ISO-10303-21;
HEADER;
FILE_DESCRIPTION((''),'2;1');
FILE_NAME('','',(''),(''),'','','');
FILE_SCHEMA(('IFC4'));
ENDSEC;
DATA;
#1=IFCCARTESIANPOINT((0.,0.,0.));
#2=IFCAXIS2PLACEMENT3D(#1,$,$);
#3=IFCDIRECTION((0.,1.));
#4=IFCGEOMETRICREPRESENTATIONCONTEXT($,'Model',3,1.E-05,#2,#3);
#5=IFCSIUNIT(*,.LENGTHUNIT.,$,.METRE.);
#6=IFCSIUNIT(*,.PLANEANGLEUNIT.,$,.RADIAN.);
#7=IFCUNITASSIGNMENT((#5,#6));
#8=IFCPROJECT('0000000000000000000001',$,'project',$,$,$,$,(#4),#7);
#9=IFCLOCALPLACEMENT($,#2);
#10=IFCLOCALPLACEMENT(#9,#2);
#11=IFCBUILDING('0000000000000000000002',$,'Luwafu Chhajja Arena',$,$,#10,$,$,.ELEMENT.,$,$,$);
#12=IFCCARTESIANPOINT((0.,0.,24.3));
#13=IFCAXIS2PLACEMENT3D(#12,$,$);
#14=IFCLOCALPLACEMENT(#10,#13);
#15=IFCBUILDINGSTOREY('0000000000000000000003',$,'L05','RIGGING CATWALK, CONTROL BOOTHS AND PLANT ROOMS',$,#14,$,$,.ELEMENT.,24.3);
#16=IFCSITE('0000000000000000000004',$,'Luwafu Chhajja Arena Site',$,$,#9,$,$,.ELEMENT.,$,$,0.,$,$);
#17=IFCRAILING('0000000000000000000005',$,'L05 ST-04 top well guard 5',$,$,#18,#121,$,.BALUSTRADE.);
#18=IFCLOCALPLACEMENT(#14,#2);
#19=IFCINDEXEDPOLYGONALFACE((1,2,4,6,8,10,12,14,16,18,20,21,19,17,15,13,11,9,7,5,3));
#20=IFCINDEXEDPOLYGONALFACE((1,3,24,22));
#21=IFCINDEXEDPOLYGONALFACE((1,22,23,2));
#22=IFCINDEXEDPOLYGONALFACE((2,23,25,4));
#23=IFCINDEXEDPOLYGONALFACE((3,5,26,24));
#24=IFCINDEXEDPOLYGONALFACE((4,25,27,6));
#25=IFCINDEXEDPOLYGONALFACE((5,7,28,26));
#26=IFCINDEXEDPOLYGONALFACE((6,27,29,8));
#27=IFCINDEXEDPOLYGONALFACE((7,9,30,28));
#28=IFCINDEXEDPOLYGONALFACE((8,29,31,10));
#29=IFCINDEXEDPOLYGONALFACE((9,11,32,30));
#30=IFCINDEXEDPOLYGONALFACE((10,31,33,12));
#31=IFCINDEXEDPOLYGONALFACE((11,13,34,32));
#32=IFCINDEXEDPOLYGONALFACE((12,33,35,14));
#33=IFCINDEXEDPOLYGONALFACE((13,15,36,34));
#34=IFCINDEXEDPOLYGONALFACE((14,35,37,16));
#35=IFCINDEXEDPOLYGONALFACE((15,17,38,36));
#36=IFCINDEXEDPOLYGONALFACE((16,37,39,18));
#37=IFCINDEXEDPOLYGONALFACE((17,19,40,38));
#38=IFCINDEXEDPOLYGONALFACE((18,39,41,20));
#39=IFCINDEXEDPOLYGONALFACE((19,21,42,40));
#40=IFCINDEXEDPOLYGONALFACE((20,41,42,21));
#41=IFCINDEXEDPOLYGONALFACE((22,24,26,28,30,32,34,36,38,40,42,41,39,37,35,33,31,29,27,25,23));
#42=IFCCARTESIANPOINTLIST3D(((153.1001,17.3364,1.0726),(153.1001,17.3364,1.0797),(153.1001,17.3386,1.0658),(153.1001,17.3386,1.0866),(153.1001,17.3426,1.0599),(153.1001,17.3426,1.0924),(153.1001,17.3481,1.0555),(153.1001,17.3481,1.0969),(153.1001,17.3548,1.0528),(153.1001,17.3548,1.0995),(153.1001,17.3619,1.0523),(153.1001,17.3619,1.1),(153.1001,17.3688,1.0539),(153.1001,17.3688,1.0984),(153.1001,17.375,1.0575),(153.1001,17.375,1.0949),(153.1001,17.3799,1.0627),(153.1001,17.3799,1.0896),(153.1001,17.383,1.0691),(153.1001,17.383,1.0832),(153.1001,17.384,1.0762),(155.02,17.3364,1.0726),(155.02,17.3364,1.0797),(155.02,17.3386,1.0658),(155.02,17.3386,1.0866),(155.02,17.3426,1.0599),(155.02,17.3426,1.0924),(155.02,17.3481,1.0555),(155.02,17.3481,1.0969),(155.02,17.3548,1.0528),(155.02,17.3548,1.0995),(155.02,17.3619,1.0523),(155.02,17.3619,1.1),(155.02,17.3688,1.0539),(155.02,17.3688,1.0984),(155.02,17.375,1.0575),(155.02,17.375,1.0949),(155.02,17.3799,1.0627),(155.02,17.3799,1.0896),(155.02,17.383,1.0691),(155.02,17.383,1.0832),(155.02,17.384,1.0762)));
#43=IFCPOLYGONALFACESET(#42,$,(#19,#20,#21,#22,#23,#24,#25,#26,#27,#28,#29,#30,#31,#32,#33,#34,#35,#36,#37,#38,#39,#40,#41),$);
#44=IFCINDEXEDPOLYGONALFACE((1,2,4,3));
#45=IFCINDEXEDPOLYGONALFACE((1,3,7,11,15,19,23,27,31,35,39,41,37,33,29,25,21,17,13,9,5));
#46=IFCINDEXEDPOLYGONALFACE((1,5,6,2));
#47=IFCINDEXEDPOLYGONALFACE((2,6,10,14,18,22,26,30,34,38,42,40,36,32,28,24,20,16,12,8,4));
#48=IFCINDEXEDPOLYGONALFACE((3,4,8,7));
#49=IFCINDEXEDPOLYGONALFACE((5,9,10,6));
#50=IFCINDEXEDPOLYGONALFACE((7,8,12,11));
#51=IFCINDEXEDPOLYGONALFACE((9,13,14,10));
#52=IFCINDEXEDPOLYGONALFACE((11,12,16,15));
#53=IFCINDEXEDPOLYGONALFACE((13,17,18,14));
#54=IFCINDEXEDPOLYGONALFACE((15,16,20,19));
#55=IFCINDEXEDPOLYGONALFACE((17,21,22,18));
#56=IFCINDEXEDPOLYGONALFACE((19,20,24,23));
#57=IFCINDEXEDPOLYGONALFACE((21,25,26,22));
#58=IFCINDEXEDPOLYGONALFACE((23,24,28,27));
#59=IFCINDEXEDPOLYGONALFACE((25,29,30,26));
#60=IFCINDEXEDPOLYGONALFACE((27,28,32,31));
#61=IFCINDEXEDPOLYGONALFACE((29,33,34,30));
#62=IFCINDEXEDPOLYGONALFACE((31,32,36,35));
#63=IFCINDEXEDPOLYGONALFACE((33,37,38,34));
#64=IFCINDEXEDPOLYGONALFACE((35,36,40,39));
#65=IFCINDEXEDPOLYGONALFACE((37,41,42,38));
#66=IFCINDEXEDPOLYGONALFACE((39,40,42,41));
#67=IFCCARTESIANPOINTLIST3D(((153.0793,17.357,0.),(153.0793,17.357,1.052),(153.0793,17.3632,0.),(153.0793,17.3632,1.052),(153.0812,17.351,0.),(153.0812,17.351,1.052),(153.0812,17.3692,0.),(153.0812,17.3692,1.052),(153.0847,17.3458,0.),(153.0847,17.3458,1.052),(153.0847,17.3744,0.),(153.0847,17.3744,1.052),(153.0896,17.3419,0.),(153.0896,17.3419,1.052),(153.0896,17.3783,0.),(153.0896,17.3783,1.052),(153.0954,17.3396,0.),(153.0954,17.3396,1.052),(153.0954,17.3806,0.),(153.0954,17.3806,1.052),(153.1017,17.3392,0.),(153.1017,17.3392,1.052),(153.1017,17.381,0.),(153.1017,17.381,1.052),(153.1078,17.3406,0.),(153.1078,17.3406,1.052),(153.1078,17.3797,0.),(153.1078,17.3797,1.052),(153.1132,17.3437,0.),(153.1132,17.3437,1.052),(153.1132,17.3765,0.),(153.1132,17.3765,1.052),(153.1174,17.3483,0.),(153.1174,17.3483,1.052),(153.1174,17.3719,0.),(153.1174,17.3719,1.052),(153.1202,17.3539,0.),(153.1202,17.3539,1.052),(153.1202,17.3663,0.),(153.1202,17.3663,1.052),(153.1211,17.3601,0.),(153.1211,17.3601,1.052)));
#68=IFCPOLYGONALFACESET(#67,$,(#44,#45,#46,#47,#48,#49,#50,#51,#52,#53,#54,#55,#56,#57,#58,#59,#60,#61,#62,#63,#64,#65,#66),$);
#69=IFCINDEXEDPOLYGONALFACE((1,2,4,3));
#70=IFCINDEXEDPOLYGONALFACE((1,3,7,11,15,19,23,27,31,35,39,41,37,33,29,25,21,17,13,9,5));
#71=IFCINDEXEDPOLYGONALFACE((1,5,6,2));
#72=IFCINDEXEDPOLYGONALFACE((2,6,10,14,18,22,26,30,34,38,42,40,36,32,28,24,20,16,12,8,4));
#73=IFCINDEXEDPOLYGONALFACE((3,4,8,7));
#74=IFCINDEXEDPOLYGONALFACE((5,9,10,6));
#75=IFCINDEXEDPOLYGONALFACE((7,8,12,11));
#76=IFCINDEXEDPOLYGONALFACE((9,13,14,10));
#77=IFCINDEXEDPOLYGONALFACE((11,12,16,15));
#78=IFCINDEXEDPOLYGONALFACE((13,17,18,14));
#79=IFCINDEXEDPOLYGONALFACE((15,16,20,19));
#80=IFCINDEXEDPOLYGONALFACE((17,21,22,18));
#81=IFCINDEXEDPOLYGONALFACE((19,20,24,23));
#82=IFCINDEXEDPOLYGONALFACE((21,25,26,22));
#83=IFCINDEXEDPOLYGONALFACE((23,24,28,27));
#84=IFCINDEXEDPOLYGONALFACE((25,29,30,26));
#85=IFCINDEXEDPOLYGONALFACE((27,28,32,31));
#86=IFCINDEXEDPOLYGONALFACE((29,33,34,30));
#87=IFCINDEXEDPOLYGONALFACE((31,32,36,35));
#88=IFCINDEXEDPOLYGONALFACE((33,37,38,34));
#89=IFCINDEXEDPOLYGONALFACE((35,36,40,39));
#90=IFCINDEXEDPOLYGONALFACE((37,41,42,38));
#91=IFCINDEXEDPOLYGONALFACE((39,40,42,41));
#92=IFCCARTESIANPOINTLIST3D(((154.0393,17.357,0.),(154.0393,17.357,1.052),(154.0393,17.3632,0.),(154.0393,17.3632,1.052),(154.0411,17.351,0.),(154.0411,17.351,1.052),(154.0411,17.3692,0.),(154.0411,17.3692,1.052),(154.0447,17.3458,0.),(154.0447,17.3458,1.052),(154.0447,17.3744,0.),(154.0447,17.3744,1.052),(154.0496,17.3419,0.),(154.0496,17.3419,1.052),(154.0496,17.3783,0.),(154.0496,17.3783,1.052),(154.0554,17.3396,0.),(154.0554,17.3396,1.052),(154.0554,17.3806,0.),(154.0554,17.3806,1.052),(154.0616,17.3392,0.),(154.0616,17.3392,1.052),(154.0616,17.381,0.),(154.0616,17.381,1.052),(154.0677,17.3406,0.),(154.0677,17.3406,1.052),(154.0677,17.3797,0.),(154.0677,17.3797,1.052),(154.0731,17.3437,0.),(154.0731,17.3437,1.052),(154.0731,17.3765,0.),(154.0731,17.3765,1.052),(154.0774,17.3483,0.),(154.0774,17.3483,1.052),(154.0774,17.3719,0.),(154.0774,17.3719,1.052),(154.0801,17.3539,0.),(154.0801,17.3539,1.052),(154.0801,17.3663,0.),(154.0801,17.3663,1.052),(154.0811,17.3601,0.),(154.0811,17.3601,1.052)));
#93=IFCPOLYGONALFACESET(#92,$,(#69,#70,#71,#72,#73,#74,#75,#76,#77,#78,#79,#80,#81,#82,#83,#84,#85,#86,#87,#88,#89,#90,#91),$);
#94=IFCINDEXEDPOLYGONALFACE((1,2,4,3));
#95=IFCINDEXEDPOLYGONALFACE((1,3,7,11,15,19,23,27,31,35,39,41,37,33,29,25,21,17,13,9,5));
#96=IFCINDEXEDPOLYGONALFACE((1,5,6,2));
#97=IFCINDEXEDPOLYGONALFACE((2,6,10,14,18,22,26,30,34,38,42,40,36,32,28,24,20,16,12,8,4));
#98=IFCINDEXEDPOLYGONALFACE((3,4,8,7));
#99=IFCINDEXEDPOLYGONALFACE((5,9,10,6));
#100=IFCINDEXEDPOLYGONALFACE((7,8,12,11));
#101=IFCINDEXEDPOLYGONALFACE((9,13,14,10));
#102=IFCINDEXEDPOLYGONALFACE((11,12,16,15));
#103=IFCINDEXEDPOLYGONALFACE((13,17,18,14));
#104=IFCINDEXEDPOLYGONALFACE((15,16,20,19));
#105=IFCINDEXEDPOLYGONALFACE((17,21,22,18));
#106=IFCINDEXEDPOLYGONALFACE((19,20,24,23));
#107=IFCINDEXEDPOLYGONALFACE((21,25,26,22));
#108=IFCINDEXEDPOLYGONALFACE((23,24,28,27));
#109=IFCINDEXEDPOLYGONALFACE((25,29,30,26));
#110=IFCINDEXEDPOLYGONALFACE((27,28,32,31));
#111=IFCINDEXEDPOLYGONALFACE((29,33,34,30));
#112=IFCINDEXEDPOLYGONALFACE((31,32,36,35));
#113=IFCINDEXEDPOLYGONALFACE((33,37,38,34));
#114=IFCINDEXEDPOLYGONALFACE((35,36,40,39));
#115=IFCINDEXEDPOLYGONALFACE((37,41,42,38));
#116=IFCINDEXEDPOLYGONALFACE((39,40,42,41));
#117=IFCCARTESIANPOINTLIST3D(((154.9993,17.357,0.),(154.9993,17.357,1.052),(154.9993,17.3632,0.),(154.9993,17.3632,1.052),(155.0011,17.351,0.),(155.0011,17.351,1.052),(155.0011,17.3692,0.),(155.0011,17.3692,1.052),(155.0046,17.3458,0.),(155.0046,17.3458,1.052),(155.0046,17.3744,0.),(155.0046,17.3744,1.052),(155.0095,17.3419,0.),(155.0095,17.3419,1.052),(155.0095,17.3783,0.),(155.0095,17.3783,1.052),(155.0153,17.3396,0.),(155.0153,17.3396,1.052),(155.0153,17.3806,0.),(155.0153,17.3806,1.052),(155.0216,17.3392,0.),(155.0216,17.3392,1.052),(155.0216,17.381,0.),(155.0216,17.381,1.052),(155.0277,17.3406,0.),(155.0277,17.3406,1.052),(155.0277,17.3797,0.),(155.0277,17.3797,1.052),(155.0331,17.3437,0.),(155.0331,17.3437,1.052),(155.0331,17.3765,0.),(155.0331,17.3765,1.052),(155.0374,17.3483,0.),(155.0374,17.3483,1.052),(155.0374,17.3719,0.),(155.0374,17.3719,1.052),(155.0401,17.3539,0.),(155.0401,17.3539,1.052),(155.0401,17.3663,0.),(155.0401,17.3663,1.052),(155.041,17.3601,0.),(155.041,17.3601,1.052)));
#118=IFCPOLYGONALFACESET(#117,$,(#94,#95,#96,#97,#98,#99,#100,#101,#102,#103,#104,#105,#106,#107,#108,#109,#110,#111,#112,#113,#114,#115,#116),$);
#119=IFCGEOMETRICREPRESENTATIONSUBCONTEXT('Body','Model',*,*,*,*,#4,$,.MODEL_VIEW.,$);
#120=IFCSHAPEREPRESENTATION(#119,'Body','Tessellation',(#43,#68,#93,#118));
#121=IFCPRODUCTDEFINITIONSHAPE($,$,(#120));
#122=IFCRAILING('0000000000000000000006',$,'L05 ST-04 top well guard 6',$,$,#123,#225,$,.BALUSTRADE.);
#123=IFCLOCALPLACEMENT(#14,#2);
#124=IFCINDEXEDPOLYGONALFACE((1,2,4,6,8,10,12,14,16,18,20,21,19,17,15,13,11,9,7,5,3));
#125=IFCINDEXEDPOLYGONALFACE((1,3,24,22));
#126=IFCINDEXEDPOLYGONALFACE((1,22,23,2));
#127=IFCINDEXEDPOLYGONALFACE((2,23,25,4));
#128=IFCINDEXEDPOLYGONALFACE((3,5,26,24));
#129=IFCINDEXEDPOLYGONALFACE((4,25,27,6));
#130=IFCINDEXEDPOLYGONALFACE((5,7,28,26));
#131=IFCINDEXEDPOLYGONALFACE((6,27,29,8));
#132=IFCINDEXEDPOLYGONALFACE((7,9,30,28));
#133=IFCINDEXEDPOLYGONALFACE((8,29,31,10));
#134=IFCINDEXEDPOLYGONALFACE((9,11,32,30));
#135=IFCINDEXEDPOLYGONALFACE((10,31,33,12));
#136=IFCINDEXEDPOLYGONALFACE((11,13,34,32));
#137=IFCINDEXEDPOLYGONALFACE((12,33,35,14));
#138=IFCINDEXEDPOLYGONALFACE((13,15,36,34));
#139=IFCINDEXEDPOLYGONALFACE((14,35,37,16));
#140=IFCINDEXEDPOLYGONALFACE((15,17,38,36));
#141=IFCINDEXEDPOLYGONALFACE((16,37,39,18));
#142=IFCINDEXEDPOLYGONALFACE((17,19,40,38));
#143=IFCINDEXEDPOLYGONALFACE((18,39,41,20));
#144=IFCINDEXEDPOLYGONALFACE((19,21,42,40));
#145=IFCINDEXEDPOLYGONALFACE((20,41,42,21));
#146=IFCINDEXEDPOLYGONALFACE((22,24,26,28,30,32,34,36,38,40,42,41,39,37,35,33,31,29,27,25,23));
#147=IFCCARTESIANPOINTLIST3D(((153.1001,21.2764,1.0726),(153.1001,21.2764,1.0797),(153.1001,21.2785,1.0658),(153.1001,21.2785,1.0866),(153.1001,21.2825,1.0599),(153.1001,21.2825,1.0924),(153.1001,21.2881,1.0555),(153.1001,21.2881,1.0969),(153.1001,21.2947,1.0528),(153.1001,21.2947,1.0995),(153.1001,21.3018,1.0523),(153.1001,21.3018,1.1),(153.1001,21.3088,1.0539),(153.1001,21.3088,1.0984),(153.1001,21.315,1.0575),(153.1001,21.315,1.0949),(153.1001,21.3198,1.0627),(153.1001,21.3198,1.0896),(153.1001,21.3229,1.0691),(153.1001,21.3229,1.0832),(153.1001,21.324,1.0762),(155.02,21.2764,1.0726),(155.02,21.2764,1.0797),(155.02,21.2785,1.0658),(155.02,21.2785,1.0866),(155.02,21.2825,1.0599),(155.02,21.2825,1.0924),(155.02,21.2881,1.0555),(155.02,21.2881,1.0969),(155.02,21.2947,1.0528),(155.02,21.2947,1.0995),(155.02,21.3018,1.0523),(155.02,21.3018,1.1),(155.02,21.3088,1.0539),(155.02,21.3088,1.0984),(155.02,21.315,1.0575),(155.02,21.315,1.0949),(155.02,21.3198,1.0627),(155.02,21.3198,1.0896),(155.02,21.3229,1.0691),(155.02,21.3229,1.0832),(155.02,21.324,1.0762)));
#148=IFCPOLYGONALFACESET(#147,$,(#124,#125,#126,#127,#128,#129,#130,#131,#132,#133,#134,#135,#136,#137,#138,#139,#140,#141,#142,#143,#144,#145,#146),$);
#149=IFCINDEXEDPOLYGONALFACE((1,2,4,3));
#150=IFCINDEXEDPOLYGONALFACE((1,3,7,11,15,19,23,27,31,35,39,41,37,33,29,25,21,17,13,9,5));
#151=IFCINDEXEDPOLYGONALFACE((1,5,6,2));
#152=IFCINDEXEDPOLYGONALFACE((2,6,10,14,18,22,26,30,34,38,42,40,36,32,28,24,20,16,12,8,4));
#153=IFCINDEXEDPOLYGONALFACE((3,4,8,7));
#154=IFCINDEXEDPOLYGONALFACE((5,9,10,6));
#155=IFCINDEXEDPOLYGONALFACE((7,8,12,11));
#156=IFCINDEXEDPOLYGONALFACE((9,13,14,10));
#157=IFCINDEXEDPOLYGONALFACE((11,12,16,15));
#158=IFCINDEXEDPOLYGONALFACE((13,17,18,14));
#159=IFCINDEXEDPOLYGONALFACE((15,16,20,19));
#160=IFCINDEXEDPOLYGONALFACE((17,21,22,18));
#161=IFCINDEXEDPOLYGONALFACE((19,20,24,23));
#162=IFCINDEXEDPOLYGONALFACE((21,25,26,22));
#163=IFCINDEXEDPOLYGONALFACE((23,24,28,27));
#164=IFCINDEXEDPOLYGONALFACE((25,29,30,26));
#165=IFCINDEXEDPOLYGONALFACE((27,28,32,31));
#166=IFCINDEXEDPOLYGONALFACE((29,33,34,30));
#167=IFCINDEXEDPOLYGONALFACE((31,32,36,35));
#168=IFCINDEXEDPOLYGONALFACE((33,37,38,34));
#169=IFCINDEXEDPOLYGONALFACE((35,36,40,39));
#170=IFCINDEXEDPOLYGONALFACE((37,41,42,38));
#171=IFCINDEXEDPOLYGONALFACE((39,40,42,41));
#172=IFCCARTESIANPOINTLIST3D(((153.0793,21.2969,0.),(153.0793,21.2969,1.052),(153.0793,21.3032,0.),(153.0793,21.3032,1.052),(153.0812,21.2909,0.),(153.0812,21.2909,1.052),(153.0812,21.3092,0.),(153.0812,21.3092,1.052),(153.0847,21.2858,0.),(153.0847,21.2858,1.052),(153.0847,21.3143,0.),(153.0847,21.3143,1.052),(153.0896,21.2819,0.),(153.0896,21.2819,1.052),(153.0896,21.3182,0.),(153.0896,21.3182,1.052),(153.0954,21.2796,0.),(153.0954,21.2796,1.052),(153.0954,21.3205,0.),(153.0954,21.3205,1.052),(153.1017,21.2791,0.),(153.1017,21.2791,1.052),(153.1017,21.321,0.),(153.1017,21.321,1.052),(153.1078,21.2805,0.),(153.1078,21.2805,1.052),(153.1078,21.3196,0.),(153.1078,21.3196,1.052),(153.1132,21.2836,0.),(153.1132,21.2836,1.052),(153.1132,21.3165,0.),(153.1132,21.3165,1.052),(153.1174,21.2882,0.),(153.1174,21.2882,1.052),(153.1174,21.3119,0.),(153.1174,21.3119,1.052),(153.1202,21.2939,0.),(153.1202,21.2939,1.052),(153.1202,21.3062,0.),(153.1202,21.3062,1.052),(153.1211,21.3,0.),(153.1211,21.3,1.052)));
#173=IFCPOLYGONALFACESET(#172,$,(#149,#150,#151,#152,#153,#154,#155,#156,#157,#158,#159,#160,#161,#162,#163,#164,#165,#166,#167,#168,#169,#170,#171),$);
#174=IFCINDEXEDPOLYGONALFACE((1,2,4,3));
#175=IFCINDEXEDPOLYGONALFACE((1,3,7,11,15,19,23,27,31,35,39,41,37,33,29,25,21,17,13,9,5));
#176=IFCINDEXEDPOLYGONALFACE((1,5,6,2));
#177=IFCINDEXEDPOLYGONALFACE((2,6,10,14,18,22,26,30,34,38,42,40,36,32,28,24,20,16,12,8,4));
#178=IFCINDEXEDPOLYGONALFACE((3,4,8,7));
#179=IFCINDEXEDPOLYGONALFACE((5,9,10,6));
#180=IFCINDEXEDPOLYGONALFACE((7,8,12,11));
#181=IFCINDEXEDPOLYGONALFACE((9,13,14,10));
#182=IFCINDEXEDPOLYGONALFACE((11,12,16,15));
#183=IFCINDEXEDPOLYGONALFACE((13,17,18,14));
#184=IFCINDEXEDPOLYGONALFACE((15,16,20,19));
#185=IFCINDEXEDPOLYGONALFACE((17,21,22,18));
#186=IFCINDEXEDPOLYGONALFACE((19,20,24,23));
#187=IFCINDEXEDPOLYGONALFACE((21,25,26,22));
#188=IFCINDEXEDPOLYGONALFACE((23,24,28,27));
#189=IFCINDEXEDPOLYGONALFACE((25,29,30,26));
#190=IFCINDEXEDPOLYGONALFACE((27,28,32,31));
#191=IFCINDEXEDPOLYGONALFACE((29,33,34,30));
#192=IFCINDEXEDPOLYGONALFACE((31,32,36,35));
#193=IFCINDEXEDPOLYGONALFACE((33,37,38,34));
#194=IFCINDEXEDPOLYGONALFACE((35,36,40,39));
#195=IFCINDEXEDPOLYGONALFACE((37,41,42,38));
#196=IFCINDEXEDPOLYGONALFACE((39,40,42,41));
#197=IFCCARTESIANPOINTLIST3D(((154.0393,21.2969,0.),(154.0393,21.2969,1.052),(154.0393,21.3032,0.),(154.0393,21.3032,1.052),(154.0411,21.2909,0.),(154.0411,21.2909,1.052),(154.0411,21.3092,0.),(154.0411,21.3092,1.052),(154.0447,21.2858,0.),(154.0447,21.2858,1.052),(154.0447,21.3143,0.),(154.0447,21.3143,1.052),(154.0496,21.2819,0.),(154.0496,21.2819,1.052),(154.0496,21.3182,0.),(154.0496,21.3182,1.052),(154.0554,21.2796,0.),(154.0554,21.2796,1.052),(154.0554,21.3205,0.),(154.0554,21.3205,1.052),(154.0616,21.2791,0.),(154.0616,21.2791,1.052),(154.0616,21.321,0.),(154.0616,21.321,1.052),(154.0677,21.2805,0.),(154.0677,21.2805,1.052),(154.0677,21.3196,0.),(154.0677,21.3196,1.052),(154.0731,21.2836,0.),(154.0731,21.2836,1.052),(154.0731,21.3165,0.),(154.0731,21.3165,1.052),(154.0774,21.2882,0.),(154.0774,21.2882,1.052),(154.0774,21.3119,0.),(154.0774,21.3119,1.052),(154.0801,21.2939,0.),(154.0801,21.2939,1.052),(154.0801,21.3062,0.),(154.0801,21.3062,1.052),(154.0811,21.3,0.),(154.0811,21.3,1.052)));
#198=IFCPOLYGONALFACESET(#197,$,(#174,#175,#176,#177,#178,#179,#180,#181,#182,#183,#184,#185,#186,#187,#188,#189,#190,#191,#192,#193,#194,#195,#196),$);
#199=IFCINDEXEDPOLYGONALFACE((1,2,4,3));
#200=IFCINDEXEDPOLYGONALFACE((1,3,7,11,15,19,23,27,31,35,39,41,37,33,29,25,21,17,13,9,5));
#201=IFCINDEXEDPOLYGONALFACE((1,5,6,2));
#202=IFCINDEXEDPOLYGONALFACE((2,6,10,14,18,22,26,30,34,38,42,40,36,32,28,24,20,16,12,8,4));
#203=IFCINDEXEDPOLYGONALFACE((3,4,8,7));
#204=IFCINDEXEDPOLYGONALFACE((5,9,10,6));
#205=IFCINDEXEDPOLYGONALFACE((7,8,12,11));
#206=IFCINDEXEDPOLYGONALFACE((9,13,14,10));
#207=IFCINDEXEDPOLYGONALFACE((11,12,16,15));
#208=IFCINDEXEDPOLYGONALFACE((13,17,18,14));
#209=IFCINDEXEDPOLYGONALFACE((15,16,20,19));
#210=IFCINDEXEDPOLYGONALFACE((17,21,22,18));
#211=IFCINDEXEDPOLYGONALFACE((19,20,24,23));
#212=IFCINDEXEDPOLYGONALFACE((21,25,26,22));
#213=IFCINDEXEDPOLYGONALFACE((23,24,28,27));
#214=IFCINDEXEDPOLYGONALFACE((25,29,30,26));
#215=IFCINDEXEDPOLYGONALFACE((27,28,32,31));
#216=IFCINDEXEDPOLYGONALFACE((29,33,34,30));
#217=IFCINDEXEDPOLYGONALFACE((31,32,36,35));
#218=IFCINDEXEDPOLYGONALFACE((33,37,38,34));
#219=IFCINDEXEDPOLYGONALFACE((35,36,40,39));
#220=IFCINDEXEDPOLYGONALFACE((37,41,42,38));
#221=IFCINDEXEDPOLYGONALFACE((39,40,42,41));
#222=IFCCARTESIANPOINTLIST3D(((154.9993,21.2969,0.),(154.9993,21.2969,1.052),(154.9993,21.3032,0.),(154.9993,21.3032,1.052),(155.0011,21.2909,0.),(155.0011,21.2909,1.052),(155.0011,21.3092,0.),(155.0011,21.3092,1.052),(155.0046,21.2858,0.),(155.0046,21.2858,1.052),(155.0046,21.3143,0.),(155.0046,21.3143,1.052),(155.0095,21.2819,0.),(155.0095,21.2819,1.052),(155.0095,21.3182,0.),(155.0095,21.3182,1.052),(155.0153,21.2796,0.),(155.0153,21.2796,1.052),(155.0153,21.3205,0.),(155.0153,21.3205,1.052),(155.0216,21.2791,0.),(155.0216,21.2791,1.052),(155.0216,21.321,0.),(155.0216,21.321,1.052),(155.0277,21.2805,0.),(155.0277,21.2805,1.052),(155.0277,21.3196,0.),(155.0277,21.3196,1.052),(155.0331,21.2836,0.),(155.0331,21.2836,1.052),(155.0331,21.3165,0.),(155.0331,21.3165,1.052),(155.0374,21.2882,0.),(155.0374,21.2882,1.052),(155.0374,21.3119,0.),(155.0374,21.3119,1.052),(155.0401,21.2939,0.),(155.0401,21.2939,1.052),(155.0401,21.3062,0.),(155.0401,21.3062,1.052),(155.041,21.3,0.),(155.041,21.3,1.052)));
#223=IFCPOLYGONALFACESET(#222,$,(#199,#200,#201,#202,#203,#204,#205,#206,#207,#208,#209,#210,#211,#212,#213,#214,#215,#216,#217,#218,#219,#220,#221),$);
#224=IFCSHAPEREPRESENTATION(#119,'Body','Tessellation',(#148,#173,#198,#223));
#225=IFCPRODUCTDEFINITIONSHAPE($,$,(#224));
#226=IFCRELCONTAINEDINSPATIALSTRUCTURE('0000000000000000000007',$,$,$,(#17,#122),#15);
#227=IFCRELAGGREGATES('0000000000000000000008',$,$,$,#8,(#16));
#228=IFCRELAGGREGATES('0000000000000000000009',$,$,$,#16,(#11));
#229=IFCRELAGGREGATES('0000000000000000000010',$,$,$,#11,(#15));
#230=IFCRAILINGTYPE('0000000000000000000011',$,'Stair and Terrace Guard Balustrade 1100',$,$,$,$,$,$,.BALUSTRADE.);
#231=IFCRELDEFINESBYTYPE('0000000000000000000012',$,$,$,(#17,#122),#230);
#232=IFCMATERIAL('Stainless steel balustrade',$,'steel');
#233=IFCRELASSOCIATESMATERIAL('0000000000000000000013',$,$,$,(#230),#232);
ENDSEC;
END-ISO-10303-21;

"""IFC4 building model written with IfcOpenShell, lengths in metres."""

from ifc_helpers import new_model, si_unit, direction, frame, origin, origin_2d, place, context, subcontext, project, spatial, circle, extrude, material, type_object, element, save


model = new_model("IFC4")

# Units and contexts
model_context = context("Model", 3, precision=1e-05, world=origin(), true_north=direction((0.0, 1.0)))
body_context = subcontext(model_context, "Body", "Model", "MODEL_VIEW")
ifc_project = project(units=[si_unit("LENGTHUNIT", "METRE"), si_unit("PLANEANGLEUNIT", "RADIAN")], contexts=[model_context])

# Site, building, storey
site_placement = place(None, origin())
site = spatial("IfcSite", under=ifc_project, at=site_placement, Name="Luwafu Chhajja Arena Site", CompositionType="ELEMENT", RefElevation=0.0)
building_placement = place(site_placement, origin())
building = spatial("IfcBuilding", under=site, at=building_placement, Name="Luwafu Chhajja Arena", CompositionType="ELEMENT")
storey_placement = place(building_placement, frame((0.0, 0.0, 24.3)))
storey = spatial("IfcBuildingStorey", under=building, at=storey_placement, Name="L05", Description="RIGGING CATWALK, CONTROL BOOTHS AND PLANT ROOMS", CompositionType="ELEMENT", Elevation=24.3)

# Railings
ifc_material_1 = material(Name="Stainless steel balustrade", Category="steel")
railing_type = type_object("IfcRailingType", Name="Stair and Terrace Guard Balustrade 1100", PredefinedType="BALUSTRADE", material=ifc_material_1)
for number, where, name in (
    (1, (153.1001, 17.3601, 0.0), "L05 ST-04 top well guard 5"),
    (2, (153.1001, 21.3, 0.0), "L05 ST-04 top well guard 6"),
):
    element("IfcRailing", number, at=place(storey_placement, frame(where)), inside=storey, type_object=railing_type, Name=name, PredefinedType="BALUSTRADE", context=body_context, shape_type="SweptSolid", body=[
        extrude(circle(Radius=0.0239, at=origin_2d()), frame((0.0, 0.0, 1.0762), z_axis=(1.0, 0.0, 0.0), x_axis=(0.0, 1.0, 0.0)), (0.0, 0.0, 1.0), 1.9199),
        extrude(circle(Radius=0.021, at=origin_2d()), origin(), (0.0, 0.0, 1.0), 1.052),
        extrude(circle(Radius=0.021, at=origin_2d()), frame((0.96, 0.0, 0.0)), (0.0, 0.0, 1.0), 1.052),
        extrude(circle(Radius=0.021, at=origin_2d()), frame((1.9199, 0.0, 0.0)), (0.0, 0.0, 1.0), 1.052),
    ])

save(model, "model.ifc")
